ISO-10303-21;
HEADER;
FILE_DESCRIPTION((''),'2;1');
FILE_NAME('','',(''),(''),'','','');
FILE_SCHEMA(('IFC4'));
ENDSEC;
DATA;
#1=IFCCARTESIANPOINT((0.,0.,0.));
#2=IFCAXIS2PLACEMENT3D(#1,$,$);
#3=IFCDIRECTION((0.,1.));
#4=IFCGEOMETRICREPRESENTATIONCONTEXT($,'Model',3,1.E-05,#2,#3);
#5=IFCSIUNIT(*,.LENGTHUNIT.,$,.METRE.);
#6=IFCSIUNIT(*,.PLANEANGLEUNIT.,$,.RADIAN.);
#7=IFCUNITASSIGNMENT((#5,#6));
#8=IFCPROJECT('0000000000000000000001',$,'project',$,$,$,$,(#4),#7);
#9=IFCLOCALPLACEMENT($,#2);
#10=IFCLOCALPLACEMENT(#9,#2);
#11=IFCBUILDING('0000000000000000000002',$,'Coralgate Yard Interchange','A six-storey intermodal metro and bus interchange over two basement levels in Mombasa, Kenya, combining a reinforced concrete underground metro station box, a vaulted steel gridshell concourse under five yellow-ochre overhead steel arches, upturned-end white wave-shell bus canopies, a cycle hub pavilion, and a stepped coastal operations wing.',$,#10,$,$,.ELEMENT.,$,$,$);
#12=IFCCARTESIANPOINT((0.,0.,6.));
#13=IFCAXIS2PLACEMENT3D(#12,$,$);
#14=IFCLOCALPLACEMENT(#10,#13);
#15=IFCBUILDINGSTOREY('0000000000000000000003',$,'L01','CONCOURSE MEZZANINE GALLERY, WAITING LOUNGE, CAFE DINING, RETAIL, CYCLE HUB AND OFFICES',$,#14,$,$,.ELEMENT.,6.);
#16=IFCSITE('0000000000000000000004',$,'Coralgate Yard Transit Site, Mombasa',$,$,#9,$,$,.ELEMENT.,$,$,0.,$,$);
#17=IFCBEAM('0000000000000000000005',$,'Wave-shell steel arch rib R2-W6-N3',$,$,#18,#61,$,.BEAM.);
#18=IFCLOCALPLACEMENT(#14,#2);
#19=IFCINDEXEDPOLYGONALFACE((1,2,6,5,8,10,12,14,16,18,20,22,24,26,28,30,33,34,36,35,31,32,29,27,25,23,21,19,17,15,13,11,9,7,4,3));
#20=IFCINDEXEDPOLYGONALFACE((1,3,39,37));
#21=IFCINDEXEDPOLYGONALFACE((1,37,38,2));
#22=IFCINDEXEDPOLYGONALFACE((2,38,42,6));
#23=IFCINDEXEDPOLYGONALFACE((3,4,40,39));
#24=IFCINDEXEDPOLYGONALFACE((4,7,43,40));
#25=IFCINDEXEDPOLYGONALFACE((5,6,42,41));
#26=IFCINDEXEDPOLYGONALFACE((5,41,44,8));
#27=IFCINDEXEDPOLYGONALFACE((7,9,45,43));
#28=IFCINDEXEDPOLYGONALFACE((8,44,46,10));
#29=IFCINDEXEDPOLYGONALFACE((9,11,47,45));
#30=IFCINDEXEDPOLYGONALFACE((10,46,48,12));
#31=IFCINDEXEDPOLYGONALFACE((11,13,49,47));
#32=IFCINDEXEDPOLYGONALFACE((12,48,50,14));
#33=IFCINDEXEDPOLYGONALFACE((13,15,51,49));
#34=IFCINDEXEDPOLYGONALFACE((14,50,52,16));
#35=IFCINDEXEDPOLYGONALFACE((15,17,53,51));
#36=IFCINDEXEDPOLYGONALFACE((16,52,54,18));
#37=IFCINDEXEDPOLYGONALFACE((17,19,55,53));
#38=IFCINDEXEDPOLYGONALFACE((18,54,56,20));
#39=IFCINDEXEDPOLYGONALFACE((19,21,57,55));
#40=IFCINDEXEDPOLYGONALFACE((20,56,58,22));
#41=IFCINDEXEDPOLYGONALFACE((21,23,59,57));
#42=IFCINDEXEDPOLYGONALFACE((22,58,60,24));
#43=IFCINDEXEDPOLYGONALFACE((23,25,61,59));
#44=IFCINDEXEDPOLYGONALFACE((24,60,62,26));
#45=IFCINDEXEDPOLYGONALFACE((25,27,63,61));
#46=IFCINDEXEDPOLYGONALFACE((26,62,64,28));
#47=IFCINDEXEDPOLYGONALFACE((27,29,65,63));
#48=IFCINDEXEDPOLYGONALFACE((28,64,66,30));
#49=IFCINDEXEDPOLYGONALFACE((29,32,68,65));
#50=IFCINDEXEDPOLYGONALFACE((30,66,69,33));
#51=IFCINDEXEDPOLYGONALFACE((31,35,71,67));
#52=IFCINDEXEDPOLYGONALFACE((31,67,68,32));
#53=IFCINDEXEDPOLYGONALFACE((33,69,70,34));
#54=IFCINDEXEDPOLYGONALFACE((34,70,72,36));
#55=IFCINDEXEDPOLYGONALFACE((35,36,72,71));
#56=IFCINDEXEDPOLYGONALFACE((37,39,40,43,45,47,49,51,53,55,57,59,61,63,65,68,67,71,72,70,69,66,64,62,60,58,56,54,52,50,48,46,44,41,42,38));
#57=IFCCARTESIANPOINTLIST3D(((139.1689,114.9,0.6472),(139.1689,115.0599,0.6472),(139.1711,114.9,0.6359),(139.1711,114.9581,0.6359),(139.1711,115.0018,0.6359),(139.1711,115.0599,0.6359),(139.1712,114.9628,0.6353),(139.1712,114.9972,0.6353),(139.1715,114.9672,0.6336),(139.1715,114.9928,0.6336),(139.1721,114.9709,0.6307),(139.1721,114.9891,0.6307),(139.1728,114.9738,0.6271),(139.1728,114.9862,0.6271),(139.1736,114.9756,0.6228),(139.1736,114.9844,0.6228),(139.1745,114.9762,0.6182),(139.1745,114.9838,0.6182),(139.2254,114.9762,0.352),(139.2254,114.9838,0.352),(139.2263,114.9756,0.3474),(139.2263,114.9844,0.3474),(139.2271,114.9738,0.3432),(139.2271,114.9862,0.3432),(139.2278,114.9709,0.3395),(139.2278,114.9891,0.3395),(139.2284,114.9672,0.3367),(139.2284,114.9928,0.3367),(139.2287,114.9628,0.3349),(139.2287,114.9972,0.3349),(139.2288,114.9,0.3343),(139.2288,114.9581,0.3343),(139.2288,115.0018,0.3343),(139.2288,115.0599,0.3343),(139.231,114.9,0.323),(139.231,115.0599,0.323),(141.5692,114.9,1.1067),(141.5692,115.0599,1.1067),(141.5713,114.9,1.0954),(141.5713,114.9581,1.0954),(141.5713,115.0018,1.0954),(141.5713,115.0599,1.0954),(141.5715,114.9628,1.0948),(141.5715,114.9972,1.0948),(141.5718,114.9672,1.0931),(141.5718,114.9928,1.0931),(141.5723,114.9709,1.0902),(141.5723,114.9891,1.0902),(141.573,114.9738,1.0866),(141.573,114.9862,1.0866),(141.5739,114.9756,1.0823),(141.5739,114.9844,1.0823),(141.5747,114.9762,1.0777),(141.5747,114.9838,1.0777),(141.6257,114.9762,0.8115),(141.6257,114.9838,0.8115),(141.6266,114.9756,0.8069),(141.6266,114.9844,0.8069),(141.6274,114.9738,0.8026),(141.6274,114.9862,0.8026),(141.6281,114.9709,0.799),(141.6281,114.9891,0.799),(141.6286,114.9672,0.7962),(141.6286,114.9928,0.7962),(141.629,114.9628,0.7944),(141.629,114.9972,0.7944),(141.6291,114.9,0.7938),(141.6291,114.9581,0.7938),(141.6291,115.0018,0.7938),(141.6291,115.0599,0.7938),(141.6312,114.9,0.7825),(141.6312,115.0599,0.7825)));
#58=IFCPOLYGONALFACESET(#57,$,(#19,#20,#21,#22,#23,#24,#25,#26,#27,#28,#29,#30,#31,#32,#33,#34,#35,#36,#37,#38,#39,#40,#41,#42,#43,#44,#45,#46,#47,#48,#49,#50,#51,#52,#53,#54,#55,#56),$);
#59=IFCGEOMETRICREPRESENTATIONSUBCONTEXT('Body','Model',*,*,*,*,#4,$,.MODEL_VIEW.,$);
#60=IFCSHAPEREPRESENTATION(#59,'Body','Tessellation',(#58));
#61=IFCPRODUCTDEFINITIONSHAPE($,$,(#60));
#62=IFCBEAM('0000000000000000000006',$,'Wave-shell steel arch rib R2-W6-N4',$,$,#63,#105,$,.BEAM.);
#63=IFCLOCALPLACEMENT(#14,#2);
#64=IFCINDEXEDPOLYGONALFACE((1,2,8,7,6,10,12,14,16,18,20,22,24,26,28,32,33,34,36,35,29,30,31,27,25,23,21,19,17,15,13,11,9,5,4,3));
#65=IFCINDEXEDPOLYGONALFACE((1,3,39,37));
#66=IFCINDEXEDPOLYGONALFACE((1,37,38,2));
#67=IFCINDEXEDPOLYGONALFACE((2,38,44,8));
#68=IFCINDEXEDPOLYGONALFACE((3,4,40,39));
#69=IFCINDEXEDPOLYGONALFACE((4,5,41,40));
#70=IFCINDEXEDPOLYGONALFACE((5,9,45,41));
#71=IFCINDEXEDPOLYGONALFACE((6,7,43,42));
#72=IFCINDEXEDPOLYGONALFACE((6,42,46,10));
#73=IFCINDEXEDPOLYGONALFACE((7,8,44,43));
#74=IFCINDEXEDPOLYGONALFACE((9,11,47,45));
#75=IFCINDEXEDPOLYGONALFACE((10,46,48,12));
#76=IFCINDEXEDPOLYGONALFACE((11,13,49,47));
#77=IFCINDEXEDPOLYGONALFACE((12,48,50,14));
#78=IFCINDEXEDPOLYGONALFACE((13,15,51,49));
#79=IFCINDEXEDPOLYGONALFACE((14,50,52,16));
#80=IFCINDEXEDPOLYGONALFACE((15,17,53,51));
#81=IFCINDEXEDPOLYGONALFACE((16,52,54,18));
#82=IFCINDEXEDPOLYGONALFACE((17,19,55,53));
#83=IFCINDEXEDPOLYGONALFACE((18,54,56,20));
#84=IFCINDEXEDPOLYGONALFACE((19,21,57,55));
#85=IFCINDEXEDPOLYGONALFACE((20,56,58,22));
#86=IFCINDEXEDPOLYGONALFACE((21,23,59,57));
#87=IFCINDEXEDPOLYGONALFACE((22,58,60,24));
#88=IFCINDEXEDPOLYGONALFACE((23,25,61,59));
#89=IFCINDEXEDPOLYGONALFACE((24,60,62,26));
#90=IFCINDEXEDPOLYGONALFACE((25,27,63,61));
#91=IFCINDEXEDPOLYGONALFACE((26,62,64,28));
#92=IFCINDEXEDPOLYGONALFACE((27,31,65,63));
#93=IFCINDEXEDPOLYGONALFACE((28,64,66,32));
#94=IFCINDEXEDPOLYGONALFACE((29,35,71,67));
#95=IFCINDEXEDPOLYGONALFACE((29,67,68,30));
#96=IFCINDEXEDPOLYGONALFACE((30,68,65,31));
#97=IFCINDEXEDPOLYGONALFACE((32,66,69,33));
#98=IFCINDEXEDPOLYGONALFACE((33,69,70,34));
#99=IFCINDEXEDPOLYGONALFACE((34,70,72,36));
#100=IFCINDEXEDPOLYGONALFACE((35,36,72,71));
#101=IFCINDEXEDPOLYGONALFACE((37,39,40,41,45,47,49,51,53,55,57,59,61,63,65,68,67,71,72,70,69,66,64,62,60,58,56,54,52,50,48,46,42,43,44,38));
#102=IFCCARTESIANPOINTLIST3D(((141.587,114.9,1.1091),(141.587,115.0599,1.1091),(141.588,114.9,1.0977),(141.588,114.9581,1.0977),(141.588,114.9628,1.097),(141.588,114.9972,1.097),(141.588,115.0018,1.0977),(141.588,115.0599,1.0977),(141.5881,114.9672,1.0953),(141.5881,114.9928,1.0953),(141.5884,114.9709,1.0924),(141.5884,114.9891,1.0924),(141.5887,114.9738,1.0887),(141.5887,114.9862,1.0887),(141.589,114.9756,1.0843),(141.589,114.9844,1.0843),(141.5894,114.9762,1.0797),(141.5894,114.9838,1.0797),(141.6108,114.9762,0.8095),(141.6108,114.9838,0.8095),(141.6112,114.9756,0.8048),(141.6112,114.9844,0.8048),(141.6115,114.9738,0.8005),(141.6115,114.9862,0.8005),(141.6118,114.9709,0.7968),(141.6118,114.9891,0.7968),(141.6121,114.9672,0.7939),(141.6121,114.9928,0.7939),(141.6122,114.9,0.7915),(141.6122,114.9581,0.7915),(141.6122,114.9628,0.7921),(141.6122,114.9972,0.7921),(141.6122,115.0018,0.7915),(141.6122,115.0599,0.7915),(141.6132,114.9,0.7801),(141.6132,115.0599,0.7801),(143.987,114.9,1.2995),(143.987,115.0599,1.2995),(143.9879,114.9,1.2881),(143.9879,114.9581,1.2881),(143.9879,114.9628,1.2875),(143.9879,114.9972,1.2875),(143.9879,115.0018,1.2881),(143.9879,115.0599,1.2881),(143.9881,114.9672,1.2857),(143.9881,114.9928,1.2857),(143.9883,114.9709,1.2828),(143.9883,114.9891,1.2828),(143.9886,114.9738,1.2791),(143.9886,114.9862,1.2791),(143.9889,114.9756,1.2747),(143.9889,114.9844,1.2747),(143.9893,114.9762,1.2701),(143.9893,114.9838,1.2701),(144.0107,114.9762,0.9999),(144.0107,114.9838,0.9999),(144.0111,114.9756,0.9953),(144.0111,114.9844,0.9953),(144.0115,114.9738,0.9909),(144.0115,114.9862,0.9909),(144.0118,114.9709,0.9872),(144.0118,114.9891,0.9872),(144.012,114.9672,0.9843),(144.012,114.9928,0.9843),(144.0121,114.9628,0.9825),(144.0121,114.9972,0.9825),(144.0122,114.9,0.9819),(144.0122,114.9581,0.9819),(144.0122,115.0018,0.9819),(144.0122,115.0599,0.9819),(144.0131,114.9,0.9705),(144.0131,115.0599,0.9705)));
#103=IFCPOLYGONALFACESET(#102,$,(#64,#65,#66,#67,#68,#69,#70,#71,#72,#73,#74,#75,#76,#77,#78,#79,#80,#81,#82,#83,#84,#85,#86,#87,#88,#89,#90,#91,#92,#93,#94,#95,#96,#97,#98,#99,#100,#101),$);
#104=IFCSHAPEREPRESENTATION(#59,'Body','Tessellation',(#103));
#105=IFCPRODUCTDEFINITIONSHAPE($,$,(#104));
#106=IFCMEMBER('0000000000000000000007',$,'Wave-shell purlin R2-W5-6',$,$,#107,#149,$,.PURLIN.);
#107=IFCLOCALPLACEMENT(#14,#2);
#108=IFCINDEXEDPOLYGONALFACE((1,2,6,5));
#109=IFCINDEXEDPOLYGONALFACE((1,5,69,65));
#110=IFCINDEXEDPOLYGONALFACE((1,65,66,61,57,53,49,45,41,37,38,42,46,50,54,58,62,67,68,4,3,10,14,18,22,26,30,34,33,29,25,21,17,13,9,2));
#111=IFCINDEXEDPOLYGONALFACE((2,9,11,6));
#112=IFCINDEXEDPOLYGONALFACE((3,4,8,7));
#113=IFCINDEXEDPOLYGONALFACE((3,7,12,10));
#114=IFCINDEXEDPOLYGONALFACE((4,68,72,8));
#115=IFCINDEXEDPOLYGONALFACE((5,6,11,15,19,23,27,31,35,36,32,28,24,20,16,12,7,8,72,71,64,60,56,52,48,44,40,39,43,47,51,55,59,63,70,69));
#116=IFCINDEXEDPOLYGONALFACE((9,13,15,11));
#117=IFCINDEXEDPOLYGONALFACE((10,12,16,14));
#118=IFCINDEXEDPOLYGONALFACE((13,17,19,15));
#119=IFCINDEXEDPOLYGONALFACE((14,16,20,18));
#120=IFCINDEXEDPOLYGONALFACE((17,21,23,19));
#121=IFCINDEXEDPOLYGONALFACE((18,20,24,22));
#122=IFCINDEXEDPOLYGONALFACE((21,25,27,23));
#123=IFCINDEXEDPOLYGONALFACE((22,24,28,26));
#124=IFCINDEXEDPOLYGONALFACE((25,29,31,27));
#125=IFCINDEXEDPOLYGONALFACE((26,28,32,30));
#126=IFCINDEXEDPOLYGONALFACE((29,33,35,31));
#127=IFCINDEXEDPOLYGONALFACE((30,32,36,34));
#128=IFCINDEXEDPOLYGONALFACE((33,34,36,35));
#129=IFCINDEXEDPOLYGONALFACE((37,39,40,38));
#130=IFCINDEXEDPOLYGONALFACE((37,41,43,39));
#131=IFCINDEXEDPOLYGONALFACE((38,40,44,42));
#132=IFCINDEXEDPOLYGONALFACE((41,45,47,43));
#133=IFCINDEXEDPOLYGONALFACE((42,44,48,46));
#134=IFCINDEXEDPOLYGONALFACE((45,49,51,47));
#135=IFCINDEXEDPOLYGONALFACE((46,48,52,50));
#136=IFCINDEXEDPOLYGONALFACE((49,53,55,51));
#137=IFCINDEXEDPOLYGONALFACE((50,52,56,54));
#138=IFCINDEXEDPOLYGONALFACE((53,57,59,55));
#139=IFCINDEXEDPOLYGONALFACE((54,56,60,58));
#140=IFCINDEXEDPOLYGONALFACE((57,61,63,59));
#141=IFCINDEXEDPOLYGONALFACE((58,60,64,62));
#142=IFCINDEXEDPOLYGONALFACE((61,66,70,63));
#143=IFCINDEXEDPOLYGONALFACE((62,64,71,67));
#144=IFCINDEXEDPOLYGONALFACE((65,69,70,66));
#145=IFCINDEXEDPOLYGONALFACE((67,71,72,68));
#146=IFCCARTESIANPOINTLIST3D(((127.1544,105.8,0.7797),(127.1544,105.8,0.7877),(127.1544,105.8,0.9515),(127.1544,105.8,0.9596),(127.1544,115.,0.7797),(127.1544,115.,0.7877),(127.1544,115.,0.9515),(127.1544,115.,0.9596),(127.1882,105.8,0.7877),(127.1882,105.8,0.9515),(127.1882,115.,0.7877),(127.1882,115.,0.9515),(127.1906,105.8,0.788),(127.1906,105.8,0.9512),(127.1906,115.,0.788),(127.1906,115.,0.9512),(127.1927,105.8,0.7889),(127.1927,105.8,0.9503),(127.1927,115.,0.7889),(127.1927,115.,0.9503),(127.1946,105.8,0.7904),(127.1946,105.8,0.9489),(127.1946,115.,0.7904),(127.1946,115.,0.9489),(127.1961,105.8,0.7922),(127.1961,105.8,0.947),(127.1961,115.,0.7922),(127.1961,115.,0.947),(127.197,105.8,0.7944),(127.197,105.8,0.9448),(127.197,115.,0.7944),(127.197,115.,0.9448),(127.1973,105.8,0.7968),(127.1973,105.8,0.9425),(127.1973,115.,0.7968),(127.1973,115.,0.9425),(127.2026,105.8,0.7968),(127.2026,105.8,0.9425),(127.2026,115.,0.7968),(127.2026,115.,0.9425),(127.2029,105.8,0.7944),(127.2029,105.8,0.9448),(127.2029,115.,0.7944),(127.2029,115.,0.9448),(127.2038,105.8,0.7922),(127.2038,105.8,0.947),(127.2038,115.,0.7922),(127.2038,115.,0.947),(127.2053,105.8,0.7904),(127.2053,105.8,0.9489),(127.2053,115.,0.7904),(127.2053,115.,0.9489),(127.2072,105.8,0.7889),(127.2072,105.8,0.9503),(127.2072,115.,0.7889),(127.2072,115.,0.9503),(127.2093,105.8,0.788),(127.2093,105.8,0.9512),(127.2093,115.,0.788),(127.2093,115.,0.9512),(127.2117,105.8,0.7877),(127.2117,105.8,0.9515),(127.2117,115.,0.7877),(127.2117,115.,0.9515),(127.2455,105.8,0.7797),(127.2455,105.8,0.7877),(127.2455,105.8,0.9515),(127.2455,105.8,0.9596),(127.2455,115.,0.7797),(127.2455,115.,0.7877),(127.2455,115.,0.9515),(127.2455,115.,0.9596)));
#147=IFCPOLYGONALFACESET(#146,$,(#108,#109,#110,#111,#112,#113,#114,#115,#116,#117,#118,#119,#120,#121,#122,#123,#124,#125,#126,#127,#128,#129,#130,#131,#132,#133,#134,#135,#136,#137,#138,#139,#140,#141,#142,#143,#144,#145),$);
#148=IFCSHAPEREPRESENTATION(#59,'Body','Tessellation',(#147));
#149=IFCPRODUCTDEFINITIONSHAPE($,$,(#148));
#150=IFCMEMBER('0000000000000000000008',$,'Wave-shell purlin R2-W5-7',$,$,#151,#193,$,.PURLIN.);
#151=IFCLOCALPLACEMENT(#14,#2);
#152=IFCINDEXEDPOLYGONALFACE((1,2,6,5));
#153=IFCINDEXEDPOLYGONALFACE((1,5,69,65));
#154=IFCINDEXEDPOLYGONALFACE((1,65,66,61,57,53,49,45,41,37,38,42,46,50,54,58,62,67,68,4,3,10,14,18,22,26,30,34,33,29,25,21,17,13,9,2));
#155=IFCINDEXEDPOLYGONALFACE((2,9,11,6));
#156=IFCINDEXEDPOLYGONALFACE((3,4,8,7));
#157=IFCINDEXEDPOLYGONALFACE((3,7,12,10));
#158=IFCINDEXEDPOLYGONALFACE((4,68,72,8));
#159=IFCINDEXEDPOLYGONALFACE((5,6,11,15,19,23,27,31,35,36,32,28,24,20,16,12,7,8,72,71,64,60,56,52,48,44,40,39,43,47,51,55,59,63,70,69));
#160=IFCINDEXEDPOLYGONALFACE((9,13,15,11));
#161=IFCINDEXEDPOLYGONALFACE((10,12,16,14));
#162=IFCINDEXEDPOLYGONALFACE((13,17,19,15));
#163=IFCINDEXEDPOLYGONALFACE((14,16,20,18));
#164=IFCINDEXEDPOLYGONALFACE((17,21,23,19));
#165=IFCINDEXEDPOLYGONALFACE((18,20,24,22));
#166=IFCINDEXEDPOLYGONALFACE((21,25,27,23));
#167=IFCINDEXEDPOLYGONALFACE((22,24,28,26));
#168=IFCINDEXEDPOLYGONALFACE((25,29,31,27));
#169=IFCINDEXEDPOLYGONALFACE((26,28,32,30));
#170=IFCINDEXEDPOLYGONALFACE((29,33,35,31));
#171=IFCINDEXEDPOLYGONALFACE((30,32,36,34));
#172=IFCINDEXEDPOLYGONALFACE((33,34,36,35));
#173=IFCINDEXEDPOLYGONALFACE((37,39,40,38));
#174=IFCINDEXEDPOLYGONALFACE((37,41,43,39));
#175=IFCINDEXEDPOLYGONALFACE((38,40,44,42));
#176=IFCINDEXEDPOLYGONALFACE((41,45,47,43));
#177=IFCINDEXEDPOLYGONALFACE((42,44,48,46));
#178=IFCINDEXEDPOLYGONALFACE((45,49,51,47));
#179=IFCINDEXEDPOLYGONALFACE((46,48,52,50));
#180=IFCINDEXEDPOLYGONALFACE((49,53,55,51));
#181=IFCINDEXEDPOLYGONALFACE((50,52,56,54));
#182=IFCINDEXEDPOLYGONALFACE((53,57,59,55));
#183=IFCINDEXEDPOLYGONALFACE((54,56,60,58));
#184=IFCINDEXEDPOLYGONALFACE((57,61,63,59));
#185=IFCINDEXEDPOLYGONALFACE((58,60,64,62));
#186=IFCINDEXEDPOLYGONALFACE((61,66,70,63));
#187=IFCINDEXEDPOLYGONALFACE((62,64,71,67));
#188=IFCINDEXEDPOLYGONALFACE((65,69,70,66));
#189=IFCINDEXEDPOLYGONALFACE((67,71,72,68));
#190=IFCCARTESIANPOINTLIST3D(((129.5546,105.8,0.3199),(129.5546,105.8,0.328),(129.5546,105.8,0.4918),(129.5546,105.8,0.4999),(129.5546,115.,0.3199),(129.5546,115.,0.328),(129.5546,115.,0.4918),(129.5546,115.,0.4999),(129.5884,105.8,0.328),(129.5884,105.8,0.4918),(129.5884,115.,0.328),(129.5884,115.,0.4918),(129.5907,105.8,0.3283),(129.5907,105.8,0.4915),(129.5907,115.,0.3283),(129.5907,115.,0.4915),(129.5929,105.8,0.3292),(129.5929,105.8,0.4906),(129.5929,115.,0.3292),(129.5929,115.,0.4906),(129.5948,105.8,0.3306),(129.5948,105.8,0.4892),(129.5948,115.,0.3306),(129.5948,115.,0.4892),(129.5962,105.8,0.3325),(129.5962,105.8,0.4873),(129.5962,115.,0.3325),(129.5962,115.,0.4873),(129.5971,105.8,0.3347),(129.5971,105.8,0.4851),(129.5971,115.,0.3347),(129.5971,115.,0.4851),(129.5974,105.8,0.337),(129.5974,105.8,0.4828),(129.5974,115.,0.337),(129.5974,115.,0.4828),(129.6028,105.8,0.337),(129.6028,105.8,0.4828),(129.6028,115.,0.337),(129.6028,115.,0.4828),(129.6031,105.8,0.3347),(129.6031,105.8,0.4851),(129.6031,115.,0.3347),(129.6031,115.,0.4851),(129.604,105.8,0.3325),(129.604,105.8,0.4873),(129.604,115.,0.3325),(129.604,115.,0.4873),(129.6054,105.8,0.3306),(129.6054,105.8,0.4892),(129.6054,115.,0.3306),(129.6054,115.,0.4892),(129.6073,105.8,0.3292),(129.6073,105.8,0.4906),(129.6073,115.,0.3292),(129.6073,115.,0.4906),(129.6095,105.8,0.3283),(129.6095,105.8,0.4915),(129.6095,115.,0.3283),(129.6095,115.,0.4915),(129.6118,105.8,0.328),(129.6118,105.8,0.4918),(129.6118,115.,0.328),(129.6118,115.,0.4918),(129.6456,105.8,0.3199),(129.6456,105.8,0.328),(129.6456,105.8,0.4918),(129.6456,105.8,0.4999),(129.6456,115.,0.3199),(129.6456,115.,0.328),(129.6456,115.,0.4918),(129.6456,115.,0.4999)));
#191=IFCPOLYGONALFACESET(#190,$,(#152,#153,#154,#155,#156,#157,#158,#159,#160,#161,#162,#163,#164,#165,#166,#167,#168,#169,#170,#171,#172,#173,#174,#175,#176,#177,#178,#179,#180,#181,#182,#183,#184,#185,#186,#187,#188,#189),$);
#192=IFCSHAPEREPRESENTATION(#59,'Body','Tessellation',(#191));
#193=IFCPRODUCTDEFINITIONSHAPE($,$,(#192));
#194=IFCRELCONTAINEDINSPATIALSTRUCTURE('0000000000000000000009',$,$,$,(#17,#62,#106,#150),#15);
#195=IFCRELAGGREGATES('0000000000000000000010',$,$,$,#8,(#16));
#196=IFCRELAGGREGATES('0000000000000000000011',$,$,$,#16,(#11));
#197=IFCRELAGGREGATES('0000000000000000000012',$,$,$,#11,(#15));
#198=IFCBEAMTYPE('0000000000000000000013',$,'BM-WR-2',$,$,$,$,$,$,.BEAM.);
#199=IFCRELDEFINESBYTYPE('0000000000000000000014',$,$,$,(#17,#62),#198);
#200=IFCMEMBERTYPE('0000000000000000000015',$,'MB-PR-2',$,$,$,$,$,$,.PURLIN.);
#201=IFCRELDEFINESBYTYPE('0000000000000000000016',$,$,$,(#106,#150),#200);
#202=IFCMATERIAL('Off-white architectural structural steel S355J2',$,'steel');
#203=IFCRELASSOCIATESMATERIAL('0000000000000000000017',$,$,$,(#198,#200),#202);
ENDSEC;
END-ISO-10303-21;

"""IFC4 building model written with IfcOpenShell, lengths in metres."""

from ifc_helpers import new_model, si_unit, direction, frame, origin, origin_2d, place, context, subcontext, project, spatial, i_section, extrude, material, material_profile, profile_set, type_object, element, save


model = new_model("IFC4")

# Units and contexts
model_context = context("Model", 3, precision=1e-05, world=origin(), true_north=direction((0.0, 1.0)))
body_context = subcontext(model_context, "Body", "Model", "MODEL_VIEW")
ifc_project = project(units=[si_unit("LENGTHUNIT", "METRE"), si_unit("PLANEANGLEUNIT", "RADIAN")], contexts=[model_context])

# Site, building, storey
site_placement = place(None, origin())
site = spatial("IfcSite", under=ifc_project, at=site_placement, Name="Coralgate Yard Transit Site, Mombasa", CompositionType="ELEMENT", RefElevation=0.0)
building_placement = place(site_placement, origin())
building = spatial("IfcBuilding", under=site, at=building_placement, Name="Coralgate Yard Interchange", Description="A six-storey intermodal metro and bus interchange over two basement levels in Mombasa, Kenya, combining a reinforced concrete underground metro station box, a vaulted steel gridshell concourse under five yellow-ochre overhead steel arches, upturned-end white wave-shell bus canopies, a cycle hub pavilion, and a stepped coastal operations wing.", CompositionType="ELEMENT")
storey_placement = place(building_placement, frame((0.0, 0.0, 6.0)))
storey = spatial("IfcBuildingStorey", under=building, at=storey_placement, Name="L01", Description="CONCOURSE MEZZANINE GALLERY, WAITING LOUNGE, CAFE DINING, RETAIL, CYCLE HUB AND OFFICES", CompositionType="ELEMENT", Elevation=6.0)

# Beams
ifc_material_1 = material(Name="Off-white architectural structural steel S355J2", Category="steel")
ifc_material_profile_1 = material_profile(ifc_material_1, i_section(OverallWidth=0.1599, OverallDepth=0.3301, WebThickness=0.0076, FlangeThickness=0.0115, FilletRadius=0.0181, at=origin_2d()), Name="IPE 330")
ifc_profile_set_1 = profile_set([ifc_material_profile_1], Name="Off-white architectural structural steel S355J2")
beam_type_1 = type_object("IfcBeamType", Name="BM-WR-2", PredefinedType="BEAM", material=ifc_profile_set_1)
beam_1_placement = place(storey_placement, frame((139.2, 114.98, 0.4851), z_axis=(0.982165, 0.0, 0.188021), x_axis=(0.0, 1.0, 0.0)))
element("IfcBeam", 1, at=beam_1_placement, inside=storey, type_object=beam_type_1, Name="Wave-shell steel arch rib R2-W6-N3", PredefinedType="BEAM", context=body_context, shape_type="SweptSolid", body=[
    extrude(i_section(OverallWidth=0.1599, OverallDepth=0.3301, WebThickness=0.0076, FlangeThickness=0.0115, FilletRadius=0.0181, at=origin_2d()), origin(), (0.0, 0.0, 1.0), 2.4438),
])
beam_2_placement = place(storey_placement, frame((141.6001, 114.98, 0.9446), z_axis=(0.996867, 0.0, 0.0791), x_axis=(0.0, 1.0, 0.0)))
element("IfcBeam", 2, at=beam_2_placement, inside=storey, type_object=beam_type_1, Name="Wave-shell steel arch rib R2-W6-N4", PredefinedType="BEAM", context=body_context, shape_type="SweptSolid", body=[
    extrude(i_section(OverallWidth=0.1599, OverallDepth=0.3301, WebThickness=0.0076, FlangeThickness=0.0115, FilletRadius=0.0181, at=origin_2d()), origin(), (0.0, 0.0, 1.0), 2.4075),
])

# Members
ifc_material_profile_2 = material_profile(ifc_material_1, i_section(OverallWidth=0.0911, OverallDepth=0.1799, WebThickness=0.0054, FlangeThickness=0.0081, FilletRadius=0.009, at=origin_2d()), Name="IPE 180")
ifc_profile_set_2 = profile_set([ifc_material_profile_2], Name="Off-white architectural structural steel S355J2")
member_type_1 = type_object("IfcMemberType", Name="MB-PR-2", PredefinedType="PURLIN", material=ifc_profile_set_2)
for number, where, z_axis, x_axis, name in (
    (3, (127.2, 105.8, 0.8696), (0.0, 1.0, 0.0), (-1.0, 0.0, 0.0), "Wave-shell purlin R2-W5-6"),
    (4, (129.6001, 105.8, 0.4099), (0.0, 1.0, 0.0), (-1.0, 0.0, 0.0), "Wave-shell purlin R2-W5-7"),
):
    element("IfcMember", number, at=place(storey_placement, frame(where, z_axis=z_axis, x_axis=x_axis)), inside=storey, type_object=member_type_1, Name=name, PredefinedType="PURLIN", context=body_context, shape_type="SweptSolid", body=[
        extrude(i_section(OverallWidth=0.0911, OverallDepth=0.1799, WebThickness=0.0054, FlangeThickness=0.0081, FilletRadius=0.009, at=origin_2d()), origin(), (0.0, 0.0, 1.0), 9.2),
    ])

save(model, "model.ifc")
